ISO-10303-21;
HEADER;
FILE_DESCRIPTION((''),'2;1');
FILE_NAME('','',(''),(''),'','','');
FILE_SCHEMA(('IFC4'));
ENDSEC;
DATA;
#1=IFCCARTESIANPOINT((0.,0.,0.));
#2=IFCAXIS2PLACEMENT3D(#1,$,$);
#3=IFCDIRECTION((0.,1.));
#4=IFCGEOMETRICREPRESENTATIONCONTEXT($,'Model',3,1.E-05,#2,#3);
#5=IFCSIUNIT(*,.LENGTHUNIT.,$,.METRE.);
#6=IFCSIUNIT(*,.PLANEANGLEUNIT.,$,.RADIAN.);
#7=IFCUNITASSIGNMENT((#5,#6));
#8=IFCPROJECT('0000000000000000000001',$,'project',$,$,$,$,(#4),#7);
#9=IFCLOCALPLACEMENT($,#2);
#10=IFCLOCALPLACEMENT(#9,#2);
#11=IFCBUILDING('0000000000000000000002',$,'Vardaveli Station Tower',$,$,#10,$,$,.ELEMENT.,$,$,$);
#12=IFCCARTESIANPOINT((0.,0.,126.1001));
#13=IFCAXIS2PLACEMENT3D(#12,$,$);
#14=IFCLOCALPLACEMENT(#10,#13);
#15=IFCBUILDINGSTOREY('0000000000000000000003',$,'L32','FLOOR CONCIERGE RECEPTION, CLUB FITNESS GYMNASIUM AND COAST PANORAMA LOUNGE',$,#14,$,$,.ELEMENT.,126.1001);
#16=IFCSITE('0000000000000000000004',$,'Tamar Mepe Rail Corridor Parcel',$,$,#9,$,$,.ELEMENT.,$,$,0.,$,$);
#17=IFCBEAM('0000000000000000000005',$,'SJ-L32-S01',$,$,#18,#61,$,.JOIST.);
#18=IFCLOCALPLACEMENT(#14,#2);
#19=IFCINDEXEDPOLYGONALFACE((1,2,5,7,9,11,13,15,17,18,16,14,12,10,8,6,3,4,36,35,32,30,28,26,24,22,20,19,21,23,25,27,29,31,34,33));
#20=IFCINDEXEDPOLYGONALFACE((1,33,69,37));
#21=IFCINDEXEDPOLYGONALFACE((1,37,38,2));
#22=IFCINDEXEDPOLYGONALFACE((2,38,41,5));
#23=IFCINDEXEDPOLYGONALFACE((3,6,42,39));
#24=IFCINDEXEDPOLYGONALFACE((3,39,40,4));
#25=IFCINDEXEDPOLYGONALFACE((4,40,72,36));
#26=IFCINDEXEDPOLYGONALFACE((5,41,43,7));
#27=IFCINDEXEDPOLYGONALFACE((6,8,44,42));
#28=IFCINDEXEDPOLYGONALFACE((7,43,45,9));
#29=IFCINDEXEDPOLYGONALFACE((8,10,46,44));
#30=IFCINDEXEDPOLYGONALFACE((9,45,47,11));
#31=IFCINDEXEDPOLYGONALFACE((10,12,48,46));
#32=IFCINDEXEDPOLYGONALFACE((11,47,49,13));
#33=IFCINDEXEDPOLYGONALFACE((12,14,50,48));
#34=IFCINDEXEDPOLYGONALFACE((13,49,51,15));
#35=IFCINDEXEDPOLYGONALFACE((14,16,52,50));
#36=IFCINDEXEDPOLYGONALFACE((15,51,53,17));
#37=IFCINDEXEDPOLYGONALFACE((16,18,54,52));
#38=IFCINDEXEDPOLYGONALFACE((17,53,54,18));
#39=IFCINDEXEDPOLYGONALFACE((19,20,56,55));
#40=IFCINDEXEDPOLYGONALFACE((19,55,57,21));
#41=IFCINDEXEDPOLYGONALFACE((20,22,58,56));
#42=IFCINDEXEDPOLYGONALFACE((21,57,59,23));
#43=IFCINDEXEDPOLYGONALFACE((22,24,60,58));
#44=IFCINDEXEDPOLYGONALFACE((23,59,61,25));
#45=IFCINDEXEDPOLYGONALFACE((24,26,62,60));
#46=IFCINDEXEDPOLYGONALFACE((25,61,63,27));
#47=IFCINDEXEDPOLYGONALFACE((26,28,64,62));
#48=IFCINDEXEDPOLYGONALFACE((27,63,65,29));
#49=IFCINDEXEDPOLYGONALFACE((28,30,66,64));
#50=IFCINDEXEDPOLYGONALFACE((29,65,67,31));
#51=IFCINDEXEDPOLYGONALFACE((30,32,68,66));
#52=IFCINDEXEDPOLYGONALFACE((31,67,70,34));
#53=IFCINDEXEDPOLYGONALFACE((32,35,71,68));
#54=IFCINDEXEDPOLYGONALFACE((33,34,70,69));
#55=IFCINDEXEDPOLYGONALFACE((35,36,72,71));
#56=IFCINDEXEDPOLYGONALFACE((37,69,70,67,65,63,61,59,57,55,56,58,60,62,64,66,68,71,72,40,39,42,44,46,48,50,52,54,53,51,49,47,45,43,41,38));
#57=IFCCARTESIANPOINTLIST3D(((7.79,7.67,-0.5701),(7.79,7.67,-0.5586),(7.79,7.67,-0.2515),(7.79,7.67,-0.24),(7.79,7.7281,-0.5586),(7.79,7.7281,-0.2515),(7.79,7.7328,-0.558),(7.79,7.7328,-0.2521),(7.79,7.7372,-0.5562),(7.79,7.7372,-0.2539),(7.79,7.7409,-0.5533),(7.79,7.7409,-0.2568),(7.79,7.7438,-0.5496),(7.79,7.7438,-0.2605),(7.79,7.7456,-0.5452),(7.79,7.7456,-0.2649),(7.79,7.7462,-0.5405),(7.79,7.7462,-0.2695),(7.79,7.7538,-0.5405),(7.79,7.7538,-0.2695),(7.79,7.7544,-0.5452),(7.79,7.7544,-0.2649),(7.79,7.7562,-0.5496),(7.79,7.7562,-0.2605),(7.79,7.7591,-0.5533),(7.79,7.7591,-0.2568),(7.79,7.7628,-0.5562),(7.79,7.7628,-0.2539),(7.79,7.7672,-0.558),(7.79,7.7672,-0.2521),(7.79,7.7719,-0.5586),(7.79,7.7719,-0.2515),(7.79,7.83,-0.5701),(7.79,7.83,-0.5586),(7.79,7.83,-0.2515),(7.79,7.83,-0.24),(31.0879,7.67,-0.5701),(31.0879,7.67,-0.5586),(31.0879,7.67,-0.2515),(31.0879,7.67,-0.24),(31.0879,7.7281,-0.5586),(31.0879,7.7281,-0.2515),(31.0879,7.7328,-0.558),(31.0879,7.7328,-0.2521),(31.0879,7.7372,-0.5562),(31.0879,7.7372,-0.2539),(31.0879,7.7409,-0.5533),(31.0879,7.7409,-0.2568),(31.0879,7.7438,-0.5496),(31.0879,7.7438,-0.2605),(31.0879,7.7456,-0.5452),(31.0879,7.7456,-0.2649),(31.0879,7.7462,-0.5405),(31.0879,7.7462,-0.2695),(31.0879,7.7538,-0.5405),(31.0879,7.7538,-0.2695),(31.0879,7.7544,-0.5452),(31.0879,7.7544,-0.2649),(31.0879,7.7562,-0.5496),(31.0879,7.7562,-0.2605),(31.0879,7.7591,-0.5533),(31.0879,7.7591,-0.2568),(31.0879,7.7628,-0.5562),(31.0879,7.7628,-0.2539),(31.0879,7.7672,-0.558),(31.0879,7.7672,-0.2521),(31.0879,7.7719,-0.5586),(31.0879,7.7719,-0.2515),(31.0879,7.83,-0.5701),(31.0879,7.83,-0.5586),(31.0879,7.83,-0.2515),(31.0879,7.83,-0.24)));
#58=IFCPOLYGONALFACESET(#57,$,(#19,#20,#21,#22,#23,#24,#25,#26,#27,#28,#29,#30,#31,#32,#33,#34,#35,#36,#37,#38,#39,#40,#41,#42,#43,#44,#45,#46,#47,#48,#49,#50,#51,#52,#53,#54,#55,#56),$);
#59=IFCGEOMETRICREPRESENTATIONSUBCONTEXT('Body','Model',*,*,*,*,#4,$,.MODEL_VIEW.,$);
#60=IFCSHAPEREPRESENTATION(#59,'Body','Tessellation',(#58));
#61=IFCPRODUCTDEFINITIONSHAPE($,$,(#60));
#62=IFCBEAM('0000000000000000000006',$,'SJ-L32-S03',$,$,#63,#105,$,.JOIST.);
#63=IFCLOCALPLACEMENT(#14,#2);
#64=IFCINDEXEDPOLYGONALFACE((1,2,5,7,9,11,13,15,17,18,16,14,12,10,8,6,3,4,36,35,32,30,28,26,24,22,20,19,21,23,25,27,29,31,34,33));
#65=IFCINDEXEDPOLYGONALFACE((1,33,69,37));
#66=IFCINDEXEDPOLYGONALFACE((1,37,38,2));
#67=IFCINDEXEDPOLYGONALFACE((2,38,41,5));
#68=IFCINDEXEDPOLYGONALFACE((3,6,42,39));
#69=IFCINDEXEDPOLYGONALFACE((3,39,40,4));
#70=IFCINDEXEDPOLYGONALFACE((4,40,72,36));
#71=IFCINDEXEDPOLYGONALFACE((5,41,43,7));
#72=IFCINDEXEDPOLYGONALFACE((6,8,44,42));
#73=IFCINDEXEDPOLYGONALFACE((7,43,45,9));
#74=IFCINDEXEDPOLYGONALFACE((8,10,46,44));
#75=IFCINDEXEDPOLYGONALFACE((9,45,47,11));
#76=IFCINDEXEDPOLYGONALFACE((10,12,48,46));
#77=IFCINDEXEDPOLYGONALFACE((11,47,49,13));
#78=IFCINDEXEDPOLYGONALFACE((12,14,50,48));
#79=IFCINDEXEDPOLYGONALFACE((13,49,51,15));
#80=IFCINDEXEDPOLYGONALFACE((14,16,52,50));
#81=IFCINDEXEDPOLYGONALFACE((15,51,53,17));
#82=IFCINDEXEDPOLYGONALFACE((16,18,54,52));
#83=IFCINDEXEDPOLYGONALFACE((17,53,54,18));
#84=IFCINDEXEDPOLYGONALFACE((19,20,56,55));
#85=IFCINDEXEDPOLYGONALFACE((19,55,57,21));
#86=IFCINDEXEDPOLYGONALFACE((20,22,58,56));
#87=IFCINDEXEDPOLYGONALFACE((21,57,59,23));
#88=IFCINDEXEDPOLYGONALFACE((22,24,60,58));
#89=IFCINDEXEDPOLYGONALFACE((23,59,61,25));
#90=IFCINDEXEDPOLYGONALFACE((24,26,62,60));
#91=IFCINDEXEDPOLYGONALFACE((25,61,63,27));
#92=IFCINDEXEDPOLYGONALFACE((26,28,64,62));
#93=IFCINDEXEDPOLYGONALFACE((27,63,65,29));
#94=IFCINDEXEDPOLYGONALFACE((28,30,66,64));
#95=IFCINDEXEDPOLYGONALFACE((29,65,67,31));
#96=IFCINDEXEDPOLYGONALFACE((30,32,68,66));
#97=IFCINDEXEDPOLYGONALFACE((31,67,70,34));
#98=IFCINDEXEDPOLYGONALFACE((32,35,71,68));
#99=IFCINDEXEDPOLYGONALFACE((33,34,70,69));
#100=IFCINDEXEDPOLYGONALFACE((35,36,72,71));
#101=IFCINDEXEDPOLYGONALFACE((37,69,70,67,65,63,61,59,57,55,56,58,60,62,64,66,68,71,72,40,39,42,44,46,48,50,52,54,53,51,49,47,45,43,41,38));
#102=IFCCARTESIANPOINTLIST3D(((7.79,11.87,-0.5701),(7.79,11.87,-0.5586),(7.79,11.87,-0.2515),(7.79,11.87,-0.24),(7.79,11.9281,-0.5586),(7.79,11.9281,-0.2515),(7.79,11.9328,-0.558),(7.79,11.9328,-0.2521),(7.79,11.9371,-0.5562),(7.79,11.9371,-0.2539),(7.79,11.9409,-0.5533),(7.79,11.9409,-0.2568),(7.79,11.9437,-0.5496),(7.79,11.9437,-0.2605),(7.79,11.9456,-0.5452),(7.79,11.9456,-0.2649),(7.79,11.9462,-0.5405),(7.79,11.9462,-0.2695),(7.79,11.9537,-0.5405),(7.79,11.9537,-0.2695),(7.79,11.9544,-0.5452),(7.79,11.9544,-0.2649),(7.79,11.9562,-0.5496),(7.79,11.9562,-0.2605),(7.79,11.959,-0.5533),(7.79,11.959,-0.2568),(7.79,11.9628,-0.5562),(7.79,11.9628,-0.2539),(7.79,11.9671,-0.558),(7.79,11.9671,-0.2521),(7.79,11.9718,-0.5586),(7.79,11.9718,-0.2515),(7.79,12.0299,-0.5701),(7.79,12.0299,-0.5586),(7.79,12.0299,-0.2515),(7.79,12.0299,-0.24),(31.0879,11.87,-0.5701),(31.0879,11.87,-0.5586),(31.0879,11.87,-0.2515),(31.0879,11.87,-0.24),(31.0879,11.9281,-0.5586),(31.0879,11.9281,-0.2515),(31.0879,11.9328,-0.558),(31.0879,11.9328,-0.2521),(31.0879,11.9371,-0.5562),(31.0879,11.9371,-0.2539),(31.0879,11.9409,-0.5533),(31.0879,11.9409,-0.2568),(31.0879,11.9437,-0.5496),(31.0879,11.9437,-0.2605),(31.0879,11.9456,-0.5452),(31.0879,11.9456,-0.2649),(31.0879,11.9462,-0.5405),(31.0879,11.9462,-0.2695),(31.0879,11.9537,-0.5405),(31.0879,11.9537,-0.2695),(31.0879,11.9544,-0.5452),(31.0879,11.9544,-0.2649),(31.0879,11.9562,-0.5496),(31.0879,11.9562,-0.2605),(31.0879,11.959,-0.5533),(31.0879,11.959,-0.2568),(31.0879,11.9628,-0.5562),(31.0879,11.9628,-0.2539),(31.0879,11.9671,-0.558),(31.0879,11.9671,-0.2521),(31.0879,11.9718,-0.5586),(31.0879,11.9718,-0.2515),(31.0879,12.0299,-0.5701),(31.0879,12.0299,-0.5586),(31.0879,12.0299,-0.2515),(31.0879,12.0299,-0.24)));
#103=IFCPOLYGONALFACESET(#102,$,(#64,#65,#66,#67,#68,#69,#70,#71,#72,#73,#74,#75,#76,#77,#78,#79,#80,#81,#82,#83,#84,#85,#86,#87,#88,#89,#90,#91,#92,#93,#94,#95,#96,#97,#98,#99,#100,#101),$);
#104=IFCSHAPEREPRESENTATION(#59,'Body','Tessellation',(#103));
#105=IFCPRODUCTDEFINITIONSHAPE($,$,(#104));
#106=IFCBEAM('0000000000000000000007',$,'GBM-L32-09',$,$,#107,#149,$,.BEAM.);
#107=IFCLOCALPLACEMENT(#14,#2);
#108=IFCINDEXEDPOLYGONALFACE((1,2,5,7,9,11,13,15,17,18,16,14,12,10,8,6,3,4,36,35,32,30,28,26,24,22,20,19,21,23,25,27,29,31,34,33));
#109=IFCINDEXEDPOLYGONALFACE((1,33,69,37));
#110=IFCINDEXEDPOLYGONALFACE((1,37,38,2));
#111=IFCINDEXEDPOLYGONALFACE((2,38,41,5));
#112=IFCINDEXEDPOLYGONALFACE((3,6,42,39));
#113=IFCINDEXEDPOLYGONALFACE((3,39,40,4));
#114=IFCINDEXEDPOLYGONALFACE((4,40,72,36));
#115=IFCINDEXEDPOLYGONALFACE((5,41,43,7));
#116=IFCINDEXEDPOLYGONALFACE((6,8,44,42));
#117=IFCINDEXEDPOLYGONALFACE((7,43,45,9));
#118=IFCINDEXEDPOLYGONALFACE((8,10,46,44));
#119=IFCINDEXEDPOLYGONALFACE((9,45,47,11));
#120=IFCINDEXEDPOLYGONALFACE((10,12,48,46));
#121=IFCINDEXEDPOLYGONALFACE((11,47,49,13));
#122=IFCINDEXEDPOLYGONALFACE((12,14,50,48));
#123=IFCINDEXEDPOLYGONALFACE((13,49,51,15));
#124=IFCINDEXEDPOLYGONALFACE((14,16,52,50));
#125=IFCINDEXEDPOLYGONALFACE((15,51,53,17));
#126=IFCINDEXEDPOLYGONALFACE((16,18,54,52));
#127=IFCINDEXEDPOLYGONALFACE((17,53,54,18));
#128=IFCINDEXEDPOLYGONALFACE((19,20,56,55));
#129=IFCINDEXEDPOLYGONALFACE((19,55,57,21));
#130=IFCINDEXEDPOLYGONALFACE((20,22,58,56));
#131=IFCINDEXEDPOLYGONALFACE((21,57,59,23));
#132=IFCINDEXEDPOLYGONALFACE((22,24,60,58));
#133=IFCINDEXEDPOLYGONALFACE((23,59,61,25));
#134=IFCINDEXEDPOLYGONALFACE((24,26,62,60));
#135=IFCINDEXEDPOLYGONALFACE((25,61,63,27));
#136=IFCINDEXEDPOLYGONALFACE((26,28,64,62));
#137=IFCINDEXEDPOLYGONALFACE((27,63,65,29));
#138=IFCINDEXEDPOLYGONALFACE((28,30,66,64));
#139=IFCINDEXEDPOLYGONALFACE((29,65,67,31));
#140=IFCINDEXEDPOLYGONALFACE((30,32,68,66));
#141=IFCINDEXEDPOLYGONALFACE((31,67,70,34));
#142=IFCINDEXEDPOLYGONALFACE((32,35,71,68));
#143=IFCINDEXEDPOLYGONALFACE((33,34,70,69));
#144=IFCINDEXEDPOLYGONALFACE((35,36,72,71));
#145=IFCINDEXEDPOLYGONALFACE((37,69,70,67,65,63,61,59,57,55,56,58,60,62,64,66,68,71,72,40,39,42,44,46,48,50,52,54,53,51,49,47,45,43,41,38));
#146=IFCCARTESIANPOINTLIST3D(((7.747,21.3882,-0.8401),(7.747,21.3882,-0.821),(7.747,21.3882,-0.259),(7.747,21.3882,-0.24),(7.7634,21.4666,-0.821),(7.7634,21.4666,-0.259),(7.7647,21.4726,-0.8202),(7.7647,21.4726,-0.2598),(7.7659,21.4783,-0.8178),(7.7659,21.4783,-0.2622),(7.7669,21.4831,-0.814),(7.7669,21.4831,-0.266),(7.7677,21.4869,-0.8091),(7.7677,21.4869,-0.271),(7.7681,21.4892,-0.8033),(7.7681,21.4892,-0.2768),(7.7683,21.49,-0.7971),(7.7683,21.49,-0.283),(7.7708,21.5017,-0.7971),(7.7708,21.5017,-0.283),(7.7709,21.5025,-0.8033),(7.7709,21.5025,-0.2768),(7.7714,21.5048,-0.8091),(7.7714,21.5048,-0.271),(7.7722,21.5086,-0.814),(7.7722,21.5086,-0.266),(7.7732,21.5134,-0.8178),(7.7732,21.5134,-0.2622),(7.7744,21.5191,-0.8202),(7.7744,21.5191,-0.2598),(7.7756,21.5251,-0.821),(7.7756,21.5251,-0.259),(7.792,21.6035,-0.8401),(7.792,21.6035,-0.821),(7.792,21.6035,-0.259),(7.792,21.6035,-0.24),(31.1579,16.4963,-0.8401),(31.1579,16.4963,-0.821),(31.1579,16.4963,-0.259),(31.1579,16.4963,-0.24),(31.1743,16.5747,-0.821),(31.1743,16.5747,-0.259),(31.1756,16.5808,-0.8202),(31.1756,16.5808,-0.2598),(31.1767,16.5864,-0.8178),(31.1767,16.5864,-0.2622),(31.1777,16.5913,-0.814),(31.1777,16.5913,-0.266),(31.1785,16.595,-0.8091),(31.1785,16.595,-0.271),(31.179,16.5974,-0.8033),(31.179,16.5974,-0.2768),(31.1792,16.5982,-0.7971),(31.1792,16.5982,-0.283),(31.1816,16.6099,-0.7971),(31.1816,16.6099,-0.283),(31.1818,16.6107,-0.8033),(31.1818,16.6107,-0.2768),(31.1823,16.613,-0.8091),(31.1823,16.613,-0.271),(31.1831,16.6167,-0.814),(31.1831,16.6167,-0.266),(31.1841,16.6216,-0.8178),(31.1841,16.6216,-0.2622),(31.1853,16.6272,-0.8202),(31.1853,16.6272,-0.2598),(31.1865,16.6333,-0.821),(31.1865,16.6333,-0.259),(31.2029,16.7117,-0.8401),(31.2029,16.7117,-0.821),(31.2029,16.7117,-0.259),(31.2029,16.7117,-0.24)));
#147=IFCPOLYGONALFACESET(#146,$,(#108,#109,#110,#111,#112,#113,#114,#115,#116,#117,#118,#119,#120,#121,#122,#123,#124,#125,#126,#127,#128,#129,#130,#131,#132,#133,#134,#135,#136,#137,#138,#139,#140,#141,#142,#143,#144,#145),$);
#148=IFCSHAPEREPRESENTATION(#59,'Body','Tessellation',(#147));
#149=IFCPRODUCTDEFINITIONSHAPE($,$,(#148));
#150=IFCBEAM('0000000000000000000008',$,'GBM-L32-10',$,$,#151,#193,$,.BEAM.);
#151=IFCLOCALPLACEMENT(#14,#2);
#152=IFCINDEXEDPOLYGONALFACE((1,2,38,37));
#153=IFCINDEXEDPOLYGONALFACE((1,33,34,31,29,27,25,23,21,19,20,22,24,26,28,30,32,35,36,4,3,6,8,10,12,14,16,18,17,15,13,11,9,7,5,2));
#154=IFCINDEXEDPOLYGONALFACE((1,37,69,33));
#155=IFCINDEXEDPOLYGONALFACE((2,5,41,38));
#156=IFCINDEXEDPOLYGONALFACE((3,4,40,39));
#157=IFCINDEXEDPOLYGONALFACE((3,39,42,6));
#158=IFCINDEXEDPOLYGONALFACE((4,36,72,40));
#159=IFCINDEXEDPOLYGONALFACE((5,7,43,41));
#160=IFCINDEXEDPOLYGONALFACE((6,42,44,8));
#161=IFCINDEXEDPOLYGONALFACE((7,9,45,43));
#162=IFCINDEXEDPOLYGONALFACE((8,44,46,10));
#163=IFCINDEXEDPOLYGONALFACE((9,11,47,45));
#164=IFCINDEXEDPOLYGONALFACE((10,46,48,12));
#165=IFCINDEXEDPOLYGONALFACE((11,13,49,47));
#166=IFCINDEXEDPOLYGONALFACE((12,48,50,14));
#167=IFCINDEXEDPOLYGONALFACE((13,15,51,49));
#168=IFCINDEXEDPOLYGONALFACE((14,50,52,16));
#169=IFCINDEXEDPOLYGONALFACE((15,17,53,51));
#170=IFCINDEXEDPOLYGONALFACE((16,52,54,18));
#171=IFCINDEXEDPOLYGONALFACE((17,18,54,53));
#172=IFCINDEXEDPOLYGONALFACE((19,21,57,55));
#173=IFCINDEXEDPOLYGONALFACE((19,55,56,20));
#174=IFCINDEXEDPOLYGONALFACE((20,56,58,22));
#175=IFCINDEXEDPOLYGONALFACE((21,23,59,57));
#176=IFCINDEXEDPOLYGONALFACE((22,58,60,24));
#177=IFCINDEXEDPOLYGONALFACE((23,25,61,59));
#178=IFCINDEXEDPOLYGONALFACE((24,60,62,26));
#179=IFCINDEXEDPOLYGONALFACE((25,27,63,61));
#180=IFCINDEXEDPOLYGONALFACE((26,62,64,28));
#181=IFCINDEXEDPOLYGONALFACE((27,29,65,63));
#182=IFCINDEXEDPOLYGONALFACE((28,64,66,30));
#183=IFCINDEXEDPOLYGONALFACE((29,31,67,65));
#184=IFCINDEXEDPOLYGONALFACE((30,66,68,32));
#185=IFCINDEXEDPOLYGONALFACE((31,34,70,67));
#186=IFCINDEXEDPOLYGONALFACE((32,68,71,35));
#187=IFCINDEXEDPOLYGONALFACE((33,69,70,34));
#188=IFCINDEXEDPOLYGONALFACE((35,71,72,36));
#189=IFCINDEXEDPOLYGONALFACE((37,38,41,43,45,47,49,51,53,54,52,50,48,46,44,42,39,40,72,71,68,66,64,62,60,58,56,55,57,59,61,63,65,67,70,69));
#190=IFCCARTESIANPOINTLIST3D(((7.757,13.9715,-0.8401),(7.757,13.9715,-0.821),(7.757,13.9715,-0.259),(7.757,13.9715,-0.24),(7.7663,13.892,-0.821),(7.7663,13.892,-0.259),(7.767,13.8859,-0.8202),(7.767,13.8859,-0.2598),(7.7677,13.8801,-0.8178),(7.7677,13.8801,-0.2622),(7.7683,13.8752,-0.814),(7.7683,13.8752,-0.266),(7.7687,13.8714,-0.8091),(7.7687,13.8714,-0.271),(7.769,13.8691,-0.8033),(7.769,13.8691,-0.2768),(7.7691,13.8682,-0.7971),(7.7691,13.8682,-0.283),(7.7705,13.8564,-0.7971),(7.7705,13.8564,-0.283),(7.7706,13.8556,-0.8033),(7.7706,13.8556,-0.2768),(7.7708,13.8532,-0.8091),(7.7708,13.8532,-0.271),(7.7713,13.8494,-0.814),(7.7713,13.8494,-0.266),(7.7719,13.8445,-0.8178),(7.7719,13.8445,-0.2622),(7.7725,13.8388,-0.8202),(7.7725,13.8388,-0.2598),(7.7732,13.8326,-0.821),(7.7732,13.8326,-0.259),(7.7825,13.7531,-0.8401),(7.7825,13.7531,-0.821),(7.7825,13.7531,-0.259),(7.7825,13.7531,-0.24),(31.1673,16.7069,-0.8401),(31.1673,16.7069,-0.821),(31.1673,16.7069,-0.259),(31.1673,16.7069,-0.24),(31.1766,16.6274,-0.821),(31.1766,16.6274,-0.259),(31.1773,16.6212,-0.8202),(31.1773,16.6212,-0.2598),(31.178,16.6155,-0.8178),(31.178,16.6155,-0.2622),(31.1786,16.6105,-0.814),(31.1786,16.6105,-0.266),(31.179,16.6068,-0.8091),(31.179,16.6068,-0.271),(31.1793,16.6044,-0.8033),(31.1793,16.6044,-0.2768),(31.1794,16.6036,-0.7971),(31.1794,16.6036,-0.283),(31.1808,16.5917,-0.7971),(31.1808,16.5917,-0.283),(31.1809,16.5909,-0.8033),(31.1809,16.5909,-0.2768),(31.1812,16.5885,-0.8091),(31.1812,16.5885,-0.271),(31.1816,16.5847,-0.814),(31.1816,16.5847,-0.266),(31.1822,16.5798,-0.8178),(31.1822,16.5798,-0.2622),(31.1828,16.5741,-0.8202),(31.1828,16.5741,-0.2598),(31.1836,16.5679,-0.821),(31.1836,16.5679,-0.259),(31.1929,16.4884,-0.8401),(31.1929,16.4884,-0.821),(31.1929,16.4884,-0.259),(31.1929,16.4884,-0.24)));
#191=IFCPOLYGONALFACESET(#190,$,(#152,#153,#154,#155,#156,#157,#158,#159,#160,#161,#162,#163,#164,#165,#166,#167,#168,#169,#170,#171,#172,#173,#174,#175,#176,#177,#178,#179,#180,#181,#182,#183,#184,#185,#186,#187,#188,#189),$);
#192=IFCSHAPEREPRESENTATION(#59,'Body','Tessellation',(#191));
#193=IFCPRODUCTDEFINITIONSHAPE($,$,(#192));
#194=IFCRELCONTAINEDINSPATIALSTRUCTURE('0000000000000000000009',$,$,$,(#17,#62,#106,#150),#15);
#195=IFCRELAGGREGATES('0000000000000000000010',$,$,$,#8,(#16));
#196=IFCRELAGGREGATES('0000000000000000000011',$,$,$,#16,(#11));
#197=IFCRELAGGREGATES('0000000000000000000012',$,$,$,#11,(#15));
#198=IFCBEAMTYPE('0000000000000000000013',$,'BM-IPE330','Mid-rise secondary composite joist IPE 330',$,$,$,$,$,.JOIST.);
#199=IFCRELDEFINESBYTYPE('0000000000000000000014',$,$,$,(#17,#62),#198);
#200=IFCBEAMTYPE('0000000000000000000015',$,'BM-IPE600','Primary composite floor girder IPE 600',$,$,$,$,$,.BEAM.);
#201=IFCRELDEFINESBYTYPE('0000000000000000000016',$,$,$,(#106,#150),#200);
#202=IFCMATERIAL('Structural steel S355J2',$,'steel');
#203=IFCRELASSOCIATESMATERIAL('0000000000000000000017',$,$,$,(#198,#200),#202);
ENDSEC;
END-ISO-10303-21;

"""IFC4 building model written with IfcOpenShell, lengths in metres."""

from ifc_helpers import new_model, si_unit, direction, frame, origin, origin_2d, place, context, subcontext, project, spatial, i_section, extrude, source, transform, mapped, material, material_profile, profile_set, type_object, element, save


model = new_model("IFC4")

# Units and contexts
model_context = context("Model", 3, precision=1e-05, world=origin(), true_north=direction((0.0, 1.0)))
body_context = subcontext(model_context, "Body", "Model", "MODEL_VIEW")
ifc_project = project(units=[si_unit("LENGTHUNIT", "METRE"), si_unit("PLANEANGLEUNIT", "RADIAN")], contexts=[model_context])

# Site, building, storey
site_placement = place(None, origin())
site = spatial("IfcSite", under=ifc_project, at=site_placement, Name="Tamar Mepe Rail Corridor Parcel", CompositionType="ELEMENT", RefElevation=0.0)
building_placement = place(site_placement, origin())
building = spatial("IfcBuilding", under=site, at=building_placement, Name="Vardaveli Station Tower", CompositionType="ELEMENT")
storey_placement = place(building_placement, frame((0.0, 0.0, 126.1001)))
storey = spatial("IfcBuildingStorey", under=building, at=storey_placement, Name="L32", Description="FLOOR CONCIERGE RECEPTION, CLUB FITNESS GYMNASIUM AND COAST PANORAMA LOUNGE", CompositionType="ELEMENT", Elevation=126.1001)

# Beams
ifc_material_1 = material(Name="Structural steel S355J2", Category="steel")
ifc_material_profile_1 = material_profile(ifc_material_1, i_section(OverallWidth=0.1599, OverallDepth=0.3301, WebThickness=0.0076, FlangeThickness=0.0115, FilletRadius=0.0181, at=origin_2d()), Name="IPE 330")
ifc_profile_set_1 = profile_set([ifc_material_profile_1], Name="Structural steel S355J2")
beam_type_1 = type_object("IfcBeamType", Name="BM-IPE330", Description="Mid-rise secondary composite joist IPE 330", PredefinedType="JOIST", material=ifc_profile_set_1)
shared_shape_1 = source(origin(), body_context, "Body", "SweptSolid", [
    extrude(i_section(OverallWidth=0.1599, OverallDepth=0.3301, WebThickness=0.0076, FlangeThickness=0.0115, FilletRadius=0.0181, at=origin_2d()), origin(), (0.0, 0.0, 1.0), 23.2979),
])
for number, where, z_axis, x_axis, name in (
    (1, (7.79, 7.75, -0.405), (1.0, 0.0, 0.0), (0.0, 1.0, 0.0), "SJ-L32-S01"),
    (2, (7.79, 11.95, -0.405), (1.0, 0.0, 0.0), (0.0, 1.0, 0.0), "SJ-L32-S03"),
):
    element("IfcBeam", number, at=place(storey_placement, frame(where, z_axis=z_axis, x_axis=x_axis)), inside=storey, type_object=beam_type_1, Name=name, PredefinedType="JOIST", context=body_context, shape_type="MappedRepresentation", body=[
        mapped(shared_shape_1, transform((0.0, 0.0, 0.0), scale=1.0)),
    ])
ifc_material_profile_2 = material_profile(ifc_material_1, i_section(OverallWidth=0.22, OverallDepth=0.6001, WebThickness=0.012, FlangeThickness=0.019, FilletRadius=0.0239, at=origin_2d()), Name="IPE 600")
ifc_profile_set_2 = profile_set([ifc_material_profile_2], Name="Structural steel S355J2")
beam_type_2 = type_object("IfcBeamType", Name="BM-IPE600", Description="Primary composite floor girder IPE 600", PredefinedType="BEAM", material=ifc_profile_set_2)
shared_shape_2 = source(origin(), body_context, "Body", "SweptSolid", [
    extrude(i_section(OverallWidth=0.22, OverallDepth=0.6001, WebThickness=0.012, FlangeThickness=0.019, FilletRadius=0.0239, at=origin_2d()), origin(), (0.0, 0.0, 1.0), 23.9165),
])
beam_1_placement = place(storey_placement, frame((7.7695, 21.4958, -0.54), z_axis=(0.978859, -0.204538, 0.0), x_axis=(0.204538, 0.978859, 0.0)))
element("IfcBeam", 3, at=beam_1_placement, inside=storey, type_object=beam_type_2, Name="GBM-L32-09", PredefinedType="BEAM", context=body_context, shape_type="MappedRepresentation", body=[
    mapped(shared_shape_2, transform((0.0, 0.0, 0.0), scale=1.0)),
])
shared_shape_3 = source(origin(), body_context, "Body", "SweptSolid", [
    extrude(i_section(OverallWidth=0.22, OverallDepth=0.6001, WebThickness=0.012, FlangeThickness=0.019, FilletRadius=0.0239, at=origin_2d()), origin(), (0.0, 0.0, 1.0), 23.5696),
])
beam_2_placement = place(storey_placement, frame((7.7698, 13.8623, -0.54), z_axis=(0.993243, 0.116054, 0.0), x_axis=(-0.116054, 0.993243, 0.0)))
element("IfcBeam", 4, at=beam_2_placement, inside=storey, type_object=beam_type_2, Name="GBM-L32-10", PredefinedType="BEAM", context=body_context, shape_type="MappedRepresentation", body=[
    mapped(shared_shape_3, transform((0.0, 0.0, 0.0), scale=1.0)),
])

save(model, "model.ifc")
